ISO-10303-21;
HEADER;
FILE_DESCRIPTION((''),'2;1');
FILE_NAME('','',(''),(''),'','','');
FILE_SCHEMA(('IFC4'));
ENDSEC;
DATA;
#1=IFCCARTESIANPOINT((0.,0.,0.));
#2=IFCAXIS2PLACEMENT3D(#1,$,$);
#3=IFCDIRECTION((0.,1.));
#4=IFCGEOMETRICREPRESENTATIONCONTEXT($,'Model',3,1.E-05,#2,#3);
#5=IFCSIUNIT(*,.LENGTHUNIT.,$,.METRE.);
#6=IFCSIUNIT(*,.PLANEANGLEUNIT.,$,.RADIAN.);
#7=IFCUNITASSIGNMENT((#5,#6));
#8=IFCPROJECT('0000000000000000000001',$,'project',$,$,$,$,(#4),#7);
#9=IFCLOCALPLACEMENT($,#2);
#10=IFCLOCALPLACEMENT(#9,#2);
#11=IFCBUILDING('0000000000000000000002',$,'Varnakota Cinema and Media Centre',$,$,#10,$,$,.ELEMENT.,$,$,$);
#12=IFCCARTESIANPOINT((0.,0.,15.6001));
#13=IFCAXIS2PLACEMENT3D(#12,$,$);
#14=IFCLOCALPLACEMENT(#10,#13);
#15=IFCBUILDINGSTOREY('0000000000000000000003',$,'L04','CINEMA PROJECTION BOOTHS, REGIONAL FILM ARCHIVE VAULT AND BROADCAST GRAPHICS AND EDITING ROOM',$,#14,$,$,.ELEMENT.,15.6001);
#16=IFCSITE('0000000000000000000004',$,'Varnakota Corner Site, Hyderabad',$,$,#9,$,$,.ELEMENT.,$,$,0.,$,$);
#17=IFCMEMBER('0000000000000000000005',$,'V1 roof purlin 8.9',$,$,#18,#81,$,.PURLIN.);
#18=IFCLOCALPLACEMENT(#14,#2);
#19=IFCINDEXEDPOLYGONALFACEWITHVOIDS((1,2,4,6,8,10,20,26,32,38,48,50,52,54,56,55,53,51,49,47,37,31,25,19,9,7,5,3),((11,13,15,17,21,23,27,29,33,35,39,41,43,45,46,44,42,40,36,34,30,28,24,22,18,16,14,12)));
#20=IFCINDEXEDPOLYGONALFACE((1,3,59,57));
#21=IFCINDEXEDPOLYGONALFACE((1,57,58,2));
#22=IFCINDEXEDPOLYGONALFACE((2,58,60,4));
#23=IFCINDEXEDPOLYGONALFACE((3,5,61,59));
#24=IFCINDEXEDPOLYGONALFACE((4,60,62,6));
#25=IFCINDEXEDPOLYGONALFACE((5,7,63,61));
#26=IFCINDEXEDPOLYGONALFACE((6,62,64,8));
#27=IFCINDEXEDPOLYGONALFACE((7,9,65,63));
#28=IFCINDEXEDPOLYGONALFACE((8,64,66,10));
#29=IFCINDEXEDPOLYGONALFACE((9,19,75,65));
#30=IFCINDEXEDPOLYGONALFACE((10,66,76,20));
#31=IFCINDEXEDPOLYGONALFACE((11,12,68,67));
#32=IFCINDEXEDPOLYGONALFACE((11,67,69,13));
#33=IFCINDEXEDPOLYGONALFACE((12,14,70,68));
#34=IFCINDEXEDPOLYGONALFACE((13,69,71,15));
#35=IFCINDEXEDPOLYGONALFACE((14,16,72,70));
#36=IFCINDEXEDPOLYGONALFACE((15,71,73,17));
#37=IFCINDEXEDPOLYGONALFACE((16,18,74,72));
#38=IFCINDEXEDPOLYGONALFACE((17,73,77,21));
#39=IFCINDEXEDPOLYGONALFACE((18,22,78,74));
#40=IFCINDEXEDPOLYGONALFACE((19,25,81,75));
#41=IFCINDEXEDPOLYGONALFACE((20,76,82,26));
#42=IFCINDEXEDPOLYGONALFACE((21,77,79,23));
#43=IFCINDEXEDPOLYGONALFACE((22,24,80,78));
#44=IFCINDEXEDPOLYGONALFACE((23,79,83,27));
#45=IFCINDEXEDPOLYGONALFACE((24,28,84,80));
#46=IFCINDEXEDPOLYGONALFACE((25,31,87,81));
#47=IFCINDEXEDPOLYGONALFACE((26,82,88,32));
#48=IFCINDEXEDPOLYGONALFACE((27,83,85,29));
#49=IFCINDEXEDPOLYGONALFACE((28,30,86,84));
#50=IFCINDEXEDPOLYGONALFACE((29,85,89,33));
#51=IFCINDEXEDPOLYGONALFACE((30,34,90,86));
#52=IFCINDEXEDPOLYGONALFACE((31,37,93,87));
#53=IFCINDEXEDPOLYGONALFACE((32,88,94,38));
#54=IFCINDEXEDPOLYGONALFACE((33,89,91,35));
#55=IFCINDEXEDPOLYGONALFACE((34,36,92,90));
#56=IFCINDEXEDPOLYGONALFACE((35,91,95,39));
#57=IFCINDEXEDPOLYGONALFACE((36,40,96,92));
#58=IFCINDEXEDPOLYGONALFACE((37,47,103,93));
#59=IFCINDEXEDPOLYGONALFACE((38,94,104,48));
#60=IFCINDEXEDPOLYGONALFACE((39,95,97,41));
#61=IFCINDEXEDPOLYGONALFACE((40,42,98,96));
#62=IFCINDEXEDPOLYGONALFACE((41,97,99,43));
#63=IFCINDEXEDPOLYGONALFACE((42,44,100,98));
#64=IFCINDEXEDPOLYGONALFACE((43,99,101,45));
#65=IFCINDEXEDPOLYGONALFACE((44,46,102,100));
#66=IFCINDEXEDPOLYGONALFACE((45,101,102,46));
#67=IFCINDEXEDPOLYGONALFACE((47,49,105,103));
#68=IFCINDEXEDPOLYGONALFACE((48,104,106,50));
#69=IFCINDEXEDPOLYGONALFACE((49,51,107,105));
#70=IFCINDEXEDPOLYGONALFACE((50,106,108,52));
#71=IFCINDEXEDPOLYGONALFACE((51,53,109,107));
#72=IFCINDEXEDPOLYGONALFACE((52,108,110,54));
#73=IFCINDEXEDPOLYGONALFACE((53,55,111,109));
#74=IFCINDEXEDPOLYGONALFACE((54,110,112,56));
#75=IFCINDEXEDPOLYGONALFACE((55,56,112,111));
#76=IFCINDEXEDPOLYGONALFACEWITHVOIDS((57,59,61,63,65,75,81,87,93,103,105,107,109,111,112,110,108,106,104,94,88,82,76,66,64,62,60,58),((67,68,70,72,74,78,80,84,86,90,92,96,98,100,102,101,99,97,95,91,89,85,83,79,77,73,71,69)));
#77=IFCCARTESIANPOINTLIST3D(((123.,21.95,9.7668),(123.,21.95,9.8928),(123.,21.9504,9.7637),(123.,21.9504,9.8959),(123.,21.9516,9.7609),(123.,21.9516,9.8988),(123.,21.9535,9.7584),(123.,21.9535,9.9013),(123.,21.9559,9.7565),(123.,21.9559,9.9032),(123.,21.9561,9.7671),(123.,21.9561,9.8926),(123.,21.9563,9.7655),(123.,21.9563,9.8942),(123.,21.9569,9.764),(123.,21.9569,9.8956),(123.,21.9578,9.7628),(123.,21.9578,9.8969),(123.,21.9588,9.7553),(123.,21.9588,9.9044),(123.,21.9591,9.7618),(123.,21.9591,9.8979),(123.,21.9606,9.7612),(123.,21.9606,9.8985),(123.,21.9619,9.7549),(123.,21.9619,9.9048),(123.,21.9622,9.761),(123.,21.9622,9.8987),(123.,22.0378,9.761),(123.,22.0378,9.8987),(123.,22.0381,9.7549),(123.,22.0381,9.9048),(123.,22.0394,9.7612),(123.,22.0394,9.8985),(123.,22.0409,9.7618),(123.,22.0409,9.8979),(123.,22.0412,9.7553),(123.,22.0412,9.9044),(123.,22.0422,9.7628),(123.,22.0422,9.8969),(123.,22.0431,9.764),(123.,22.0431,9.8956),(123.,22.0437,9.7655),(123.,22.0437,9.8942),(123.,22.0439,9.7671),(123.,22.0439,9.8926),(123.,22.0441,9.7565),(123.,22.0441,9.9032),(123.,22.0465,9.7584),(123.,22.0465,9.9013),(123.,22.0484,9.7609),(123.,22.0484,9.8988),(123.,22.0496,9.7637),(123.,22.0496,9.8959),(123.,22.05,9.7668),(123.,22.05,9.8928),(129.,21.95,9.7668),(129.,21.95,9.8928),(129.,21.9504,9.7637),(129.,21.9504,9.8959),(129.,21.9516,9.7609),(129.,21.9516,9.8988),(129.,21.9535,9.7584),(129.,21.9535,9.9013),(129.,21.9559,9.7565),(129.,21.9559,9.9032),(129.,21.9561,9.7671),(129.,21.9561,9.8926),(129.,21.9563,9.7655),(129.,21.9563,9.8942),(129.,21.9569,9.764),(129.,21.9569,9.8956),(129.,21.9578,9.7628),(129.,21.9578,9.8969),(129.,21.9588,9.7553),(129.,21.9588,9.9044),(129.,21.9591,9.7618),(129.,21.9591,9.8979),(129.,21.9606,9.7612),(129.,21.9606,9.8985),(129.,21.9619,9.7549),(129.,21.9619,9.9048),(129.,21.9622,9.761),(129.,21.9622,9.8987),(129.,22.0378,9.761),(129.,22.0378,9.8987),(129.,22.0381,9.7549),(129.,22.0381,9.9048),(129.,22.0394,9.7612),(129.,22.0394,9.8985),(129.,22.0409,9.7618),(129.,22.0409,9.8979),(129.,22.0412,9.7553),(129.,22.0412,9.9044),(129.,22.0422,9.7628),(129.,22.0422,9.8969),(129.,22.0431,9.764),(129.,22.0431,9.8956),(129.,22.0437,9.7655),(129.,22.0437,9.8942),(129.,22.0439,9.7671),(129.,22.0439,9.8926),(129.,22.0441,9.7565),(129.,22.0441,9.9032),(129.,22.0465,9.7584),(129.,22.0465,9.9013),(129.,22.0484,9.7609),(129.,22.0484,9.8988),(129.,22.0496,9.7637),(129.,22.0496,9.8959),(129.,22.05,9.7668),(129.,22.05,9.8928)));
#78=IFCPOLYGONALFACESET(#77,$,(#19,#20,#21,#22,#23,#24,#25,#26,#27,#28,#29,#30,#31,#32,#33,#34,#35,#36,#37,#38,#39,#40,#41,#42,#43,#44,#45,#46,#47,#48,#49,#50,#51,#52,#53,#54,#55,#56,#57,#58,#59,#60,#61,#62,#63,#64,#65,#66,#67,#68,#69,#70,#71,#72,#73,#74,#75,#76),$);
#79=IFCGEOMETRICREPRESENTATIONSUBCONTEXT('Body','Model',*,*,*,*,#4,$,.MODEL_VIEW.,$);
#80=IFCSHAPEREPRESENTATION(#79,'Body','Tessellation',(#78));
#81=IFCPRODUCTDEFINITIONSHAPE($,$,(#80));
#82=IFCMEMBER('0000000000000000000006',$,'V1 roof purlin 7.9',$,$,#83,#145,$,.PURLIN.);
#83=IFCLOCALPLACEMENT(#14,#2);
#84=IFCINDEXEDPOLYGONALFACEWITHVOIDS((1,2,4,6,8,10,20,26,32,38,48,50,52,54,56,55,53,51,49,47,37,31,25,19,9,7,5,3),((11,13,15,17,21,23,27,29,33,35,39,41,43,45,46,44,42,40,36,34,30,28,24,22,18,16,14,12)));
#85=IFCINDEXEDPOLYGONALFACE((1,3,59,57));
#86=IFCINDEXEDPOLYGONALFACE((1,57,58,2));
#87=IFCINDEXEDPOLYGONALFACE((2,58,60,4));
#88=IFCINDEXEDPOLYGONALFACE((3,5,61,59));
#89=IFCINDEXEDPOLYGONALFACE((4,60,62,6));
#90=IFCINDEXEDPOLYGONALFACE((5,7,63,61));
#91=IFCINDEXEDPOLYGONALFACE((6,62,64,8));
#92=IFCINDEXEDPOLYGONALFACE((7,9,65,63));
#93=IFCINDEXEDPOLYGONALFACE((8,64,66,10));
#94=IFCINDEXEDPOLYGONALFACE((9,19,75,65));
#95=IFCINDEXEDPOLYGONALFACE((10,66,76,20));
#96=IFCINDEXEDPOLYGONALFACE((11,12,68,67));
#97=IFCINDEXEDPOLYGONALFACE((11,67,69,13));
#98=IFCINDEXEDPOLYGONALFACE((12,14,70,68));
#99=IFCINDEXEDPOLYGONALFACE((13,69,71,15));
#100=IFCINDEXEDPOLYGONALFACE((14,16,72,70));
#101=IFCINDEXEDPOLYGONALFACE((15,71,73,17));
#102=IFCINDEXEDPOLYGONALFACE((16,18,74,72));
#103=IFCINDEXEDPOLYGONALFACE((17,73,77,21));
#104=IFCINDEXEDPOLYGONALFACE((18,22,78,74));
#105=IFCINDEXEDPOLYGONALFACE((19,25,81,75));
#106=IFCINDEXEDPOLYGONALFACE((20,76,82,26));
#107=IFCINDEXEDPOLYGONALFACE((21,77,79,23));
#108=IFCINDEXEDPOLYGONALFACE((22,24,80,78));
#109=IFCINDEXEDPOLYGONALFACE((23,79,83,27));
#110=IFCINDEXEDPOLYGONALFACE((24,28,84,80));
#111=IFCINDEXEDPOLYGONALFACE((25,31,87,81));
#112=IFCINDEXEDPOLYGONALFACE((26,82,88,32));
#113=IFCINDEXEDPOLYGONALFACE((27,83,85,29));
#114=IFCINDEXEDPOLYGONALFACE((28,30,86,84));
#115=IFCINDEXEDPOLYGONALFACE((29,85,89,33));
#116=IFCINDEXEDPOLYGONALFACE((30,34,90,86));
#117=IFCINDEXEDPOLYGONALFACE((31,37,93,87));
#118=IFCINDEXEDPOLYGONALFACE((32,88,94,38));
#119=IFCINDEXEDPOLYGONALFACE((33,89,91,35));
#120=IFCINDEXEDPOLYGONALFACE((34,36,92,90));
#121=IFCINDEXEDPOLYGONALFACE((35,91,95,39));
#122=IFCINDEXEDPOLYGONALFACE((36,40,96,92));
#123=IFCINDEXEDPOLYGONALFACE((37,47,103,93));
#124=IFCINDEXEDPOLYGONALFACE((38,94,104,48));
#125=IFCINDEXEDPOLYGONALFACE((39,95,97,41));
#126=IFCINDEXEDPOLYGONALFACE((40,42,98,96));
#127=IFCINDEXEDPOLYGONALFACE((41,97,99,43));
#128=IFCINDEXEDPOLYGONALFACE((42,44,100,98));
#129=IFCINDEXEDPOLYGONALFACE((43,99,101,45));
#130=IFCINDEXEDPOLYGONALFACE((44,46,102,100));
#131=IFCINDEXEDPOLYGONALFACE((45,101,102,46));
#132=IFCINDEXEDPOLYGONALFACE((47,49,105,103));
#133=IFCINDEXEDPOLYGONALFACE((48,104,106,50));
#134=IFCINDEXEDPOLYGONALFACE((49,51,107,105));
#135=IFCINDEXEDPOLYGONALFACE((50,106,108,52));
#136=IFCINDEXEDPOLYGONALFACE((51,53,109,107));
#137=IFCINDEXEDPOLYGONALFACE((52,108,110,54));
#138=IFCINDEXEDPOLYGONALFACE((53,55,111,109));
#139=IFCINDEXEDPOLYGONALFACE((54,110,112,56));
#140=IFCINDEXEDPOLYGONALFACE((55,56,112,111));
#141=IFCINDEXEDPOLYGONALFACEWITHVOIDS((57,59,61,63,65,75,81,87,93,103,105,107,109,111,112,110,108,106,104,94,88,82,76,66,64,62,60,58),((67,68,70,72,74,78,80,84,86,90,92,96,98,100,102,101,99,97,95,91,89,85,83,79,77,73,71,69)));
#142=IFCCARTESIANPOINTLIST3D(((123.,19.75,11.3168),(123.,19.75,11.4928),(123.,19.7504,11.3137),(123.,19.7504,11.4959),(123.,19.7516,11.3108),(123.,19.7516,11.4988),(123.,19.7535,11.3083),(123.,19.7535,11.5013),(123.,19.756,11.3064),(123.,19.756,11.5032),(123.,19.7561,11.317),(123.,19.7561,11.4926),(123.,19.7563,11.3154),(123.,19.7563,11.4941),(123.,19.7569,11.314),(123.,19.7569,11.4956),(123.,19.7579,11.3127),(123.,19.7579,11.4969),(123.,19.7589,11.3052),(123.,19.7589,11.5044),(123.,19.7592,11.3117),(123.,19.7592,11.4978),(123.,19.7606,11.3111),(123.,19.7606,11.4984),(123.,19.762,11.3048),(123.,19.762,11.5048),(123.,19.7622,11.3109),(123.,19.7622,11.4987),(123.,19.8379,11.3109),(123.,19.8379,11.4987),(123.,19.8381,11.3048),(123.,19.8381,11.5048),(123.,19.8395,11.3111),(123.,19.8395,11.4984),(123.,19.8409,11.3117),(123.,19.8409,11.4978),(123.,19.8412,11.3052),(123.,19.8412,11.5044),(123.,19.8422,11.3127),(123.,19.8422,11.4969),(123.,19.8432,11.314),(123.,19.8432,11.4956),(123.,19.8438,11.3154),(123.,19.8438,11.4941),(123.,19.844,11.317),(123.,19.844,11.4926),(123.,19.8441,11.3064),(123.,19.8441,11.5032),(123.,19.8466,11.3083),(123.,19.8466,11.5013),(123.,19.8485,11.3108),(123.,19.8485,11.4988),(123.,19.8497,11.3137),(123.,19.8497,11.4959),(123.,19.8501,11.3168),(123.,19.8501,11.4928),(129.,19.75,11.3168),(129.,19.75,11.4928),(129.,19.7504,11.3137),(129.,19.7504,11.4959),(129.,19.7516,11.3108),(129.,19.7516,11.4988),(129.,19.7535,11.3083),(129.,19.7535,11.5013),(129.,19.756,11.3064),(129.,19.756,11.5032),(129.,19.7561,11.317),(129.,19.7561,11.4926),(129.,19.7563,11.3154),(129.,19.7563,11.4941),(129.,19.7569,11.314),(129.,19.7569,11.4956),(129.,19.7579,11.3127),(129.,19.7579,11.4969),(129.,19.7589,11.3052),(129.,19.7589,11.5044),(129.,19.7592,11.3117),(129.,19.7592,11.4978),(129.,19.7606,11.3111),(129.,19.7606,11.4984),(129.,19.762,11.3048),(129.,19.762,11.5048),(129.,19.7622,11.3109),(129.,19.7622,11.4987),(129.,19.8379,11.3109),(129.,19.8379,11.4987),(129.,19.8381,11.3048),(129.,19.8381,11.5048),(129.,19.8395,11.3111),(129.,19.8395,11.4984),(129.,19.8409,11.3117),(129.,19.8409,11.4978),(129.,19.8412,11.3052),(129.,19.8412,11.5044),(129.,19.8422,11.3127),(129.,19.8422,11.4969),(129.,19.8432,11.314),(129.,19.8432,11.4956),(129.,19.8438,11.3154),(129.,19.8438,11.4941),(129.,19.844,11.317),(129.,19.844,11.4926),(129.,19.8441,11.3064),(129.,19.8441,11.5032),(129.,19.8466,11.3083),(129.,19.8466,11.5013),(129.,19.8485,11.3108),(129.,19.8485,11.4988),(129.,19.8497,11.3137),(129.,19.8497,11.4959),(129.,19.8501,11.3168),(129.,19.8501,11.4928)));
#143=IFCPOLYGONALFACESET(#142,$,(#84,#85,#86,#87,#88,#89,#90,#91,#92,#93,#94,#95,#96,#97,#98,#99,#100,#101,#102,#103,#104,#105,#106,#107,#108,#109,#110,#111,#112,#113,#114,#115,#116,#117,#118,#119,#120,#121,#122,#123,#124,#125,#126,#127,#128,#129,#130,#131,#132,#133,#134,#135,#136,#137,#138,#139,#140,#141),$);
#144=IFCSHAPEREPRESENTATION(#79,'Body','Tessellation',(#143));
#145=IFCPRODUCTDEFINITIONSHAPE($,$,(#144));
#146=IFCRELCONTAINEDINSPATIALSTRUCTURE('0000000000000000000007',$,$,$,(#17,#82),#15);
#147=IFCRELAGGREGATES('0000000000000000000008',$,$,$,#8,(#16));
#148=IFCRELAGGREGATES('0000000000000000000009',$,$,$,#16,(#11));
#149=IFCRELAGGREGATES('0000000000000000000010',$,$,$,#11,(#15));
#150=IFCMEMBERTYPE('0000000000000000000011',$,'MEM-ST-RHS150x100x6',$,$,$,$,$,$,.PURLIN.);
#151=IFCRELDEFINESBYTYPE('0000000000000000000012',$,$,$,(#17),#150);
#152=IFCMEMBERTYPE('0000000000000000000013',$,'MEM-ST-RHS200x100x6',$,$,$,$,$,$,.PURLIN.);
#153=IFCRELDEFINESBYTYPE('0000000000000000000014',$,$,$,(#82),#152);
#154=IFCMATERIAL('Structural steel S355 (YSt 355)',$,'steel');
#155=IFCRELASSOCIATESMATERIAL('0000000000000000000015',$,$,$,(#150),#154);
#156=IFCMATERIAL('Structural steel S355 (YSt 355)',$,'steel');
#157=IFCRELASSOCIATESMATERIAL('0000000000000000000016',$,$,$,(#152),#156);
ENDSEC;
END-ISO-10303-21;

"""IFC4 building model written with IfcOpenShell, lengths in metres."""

from ifc_helpers import new_model, si_unit, direction, frame, origin, origin_2d, place, context, subcontext, project, spatial, hollow_rectangle, extrude, material, material_profile, profile_set, type_object, element, save


model = new_model("IFC4")

# Units and contexts
model_context = context("Model", 3, precision=1e-05, world=origin(), true_north=direction((0.0, 1.0)))
body_context = subcontext(model_context, "Body", "Model", "MODEL_VIEW")
ifc_project = project(units=[si_unit("LENGTHUNIT", "METRE"), si_unit("PLANEANGLEUNIT", "RADIAN")], contexts=[model_context])

# Site, building, storey
site_placement = place(None, origin())
site = spatial("IfcSite", under=ifc_project, at=site_placement, Name="Varnakota Corner Site, Hyderabad", CompositionType="ELEMENT", RefElevation=0.0)
building_placement = place(site_placement, origin())
building = spatial("IfcBuilding", under=site, at=building_placement, Name="Varnakota Cinema and Media Centre", CompositionType="ELEMENT")
storey_placement = place(building_placement, frame((0.0, 0.0, 15.6001)))
storey = spatial("IfcBuildingStorey", under=building, at=storey_placement, Name="L04", Description="CINEMA PROJECTION BOOTHS, REGIONAL FILM ARCHIVE VAULT AND BROADCAST GRAPHICS AND EDITING ROOM", CompositionType="ELEMENT", Elevation=15.6001)

# Members
ifc_material_1 = material(Name="Structural steel S355 (YSt 355)", Category="steel")
ifc_material_profile_1 = material_profile(ifc_material_1, hollow_rectangle(XDim=0.1001, YDim=0.1499, WallThickness=0.0061, InnerFilletRadius=0.0061, OuterFilletRadius=0.012, at=origin_2d()), Name="RHS 150x100x6")
ifc_profile_set_1 = profile_set([ifc_material_profile_1], Name="Structural steel S355 (YSt 355)")
member_type_1 = type_object("IfcMemberType", Name="MEM-ST-RHS150x100x6", PredefinedType="PURLIN", material=ifc_profile_set_1)
member_1_placement = place(storey_placement, frame((123.0, 22.0, 9.8298), z_axis=(1.0, 0.0, 0.0), x_axis=(0.0, 1.0, 0.0)))
element("IfcMember", 1, at=member_1_placement, inside=storey, type_object=member_type_1, Name="V1 roof purlin 8.9", PredefinedType="PURLIN", context=body_context, shape_type="SweptSolid", body=[
    extrude(hollow_rectangle(XDim=0.1001, YDim=0.1499, WallThickness=0.0061, InnerFilletRadius=0.0061, OuterFilletRadius=0.012, at=origin_2d()), origin(), (0.0, 0.0, 1.0), 6.0),
])
ifc_material_2 = material(Name="Structural steel S355 (YSt 355)", Category="steel")
ifc_material_profile_2 = material_profile(ifc_material_2, hollow_rectangle(XDim=0.1001, YDim=0.2, WallThickness=0.0061, InnerFilletRadius=0.0061, OuterFilletRadius=0.012, at=origin_2d()), Name="RHS 200x100x6")
ifc_profile_set_2 = profile_set([ifc_material_profile_2], Name="Structural steel S355 (YSt 355)")
member_type_2 = type_object("IfcMemberType", Name="MEM-ST-RHS200x100x6", PredefinedType="PURLIN", material=ifc_profile_set_2)
for number, where, z_axis, x_axis, name in (
    (2, (123.0, 19.8, 11.4048), (1.0, 0.0, 0.0), (0.0, 1.0, 0.0), "V1 roof purlin 7.9"),
):
    element("IfcMember", number, at=place(storey_placement, frame(where, z_axis=z_axis, x_axis=x_axis)), inside=storey, type_object=member_type_2, Name=name, PredefinedType="PURLIN", context=body_context, shape_type="SweptSolid", body=[
        extrude(hollow_rectangle(XDim=0.1001, YDim=0.2, WallThickness=0.0061, InnerFilletRadius=0.0061, OuterFilletRadius=0.012, at=origin_2d()), origin(), (0.0, 0.0, 1.0), 6.0),
    ])

save(model, "model.ifc")
